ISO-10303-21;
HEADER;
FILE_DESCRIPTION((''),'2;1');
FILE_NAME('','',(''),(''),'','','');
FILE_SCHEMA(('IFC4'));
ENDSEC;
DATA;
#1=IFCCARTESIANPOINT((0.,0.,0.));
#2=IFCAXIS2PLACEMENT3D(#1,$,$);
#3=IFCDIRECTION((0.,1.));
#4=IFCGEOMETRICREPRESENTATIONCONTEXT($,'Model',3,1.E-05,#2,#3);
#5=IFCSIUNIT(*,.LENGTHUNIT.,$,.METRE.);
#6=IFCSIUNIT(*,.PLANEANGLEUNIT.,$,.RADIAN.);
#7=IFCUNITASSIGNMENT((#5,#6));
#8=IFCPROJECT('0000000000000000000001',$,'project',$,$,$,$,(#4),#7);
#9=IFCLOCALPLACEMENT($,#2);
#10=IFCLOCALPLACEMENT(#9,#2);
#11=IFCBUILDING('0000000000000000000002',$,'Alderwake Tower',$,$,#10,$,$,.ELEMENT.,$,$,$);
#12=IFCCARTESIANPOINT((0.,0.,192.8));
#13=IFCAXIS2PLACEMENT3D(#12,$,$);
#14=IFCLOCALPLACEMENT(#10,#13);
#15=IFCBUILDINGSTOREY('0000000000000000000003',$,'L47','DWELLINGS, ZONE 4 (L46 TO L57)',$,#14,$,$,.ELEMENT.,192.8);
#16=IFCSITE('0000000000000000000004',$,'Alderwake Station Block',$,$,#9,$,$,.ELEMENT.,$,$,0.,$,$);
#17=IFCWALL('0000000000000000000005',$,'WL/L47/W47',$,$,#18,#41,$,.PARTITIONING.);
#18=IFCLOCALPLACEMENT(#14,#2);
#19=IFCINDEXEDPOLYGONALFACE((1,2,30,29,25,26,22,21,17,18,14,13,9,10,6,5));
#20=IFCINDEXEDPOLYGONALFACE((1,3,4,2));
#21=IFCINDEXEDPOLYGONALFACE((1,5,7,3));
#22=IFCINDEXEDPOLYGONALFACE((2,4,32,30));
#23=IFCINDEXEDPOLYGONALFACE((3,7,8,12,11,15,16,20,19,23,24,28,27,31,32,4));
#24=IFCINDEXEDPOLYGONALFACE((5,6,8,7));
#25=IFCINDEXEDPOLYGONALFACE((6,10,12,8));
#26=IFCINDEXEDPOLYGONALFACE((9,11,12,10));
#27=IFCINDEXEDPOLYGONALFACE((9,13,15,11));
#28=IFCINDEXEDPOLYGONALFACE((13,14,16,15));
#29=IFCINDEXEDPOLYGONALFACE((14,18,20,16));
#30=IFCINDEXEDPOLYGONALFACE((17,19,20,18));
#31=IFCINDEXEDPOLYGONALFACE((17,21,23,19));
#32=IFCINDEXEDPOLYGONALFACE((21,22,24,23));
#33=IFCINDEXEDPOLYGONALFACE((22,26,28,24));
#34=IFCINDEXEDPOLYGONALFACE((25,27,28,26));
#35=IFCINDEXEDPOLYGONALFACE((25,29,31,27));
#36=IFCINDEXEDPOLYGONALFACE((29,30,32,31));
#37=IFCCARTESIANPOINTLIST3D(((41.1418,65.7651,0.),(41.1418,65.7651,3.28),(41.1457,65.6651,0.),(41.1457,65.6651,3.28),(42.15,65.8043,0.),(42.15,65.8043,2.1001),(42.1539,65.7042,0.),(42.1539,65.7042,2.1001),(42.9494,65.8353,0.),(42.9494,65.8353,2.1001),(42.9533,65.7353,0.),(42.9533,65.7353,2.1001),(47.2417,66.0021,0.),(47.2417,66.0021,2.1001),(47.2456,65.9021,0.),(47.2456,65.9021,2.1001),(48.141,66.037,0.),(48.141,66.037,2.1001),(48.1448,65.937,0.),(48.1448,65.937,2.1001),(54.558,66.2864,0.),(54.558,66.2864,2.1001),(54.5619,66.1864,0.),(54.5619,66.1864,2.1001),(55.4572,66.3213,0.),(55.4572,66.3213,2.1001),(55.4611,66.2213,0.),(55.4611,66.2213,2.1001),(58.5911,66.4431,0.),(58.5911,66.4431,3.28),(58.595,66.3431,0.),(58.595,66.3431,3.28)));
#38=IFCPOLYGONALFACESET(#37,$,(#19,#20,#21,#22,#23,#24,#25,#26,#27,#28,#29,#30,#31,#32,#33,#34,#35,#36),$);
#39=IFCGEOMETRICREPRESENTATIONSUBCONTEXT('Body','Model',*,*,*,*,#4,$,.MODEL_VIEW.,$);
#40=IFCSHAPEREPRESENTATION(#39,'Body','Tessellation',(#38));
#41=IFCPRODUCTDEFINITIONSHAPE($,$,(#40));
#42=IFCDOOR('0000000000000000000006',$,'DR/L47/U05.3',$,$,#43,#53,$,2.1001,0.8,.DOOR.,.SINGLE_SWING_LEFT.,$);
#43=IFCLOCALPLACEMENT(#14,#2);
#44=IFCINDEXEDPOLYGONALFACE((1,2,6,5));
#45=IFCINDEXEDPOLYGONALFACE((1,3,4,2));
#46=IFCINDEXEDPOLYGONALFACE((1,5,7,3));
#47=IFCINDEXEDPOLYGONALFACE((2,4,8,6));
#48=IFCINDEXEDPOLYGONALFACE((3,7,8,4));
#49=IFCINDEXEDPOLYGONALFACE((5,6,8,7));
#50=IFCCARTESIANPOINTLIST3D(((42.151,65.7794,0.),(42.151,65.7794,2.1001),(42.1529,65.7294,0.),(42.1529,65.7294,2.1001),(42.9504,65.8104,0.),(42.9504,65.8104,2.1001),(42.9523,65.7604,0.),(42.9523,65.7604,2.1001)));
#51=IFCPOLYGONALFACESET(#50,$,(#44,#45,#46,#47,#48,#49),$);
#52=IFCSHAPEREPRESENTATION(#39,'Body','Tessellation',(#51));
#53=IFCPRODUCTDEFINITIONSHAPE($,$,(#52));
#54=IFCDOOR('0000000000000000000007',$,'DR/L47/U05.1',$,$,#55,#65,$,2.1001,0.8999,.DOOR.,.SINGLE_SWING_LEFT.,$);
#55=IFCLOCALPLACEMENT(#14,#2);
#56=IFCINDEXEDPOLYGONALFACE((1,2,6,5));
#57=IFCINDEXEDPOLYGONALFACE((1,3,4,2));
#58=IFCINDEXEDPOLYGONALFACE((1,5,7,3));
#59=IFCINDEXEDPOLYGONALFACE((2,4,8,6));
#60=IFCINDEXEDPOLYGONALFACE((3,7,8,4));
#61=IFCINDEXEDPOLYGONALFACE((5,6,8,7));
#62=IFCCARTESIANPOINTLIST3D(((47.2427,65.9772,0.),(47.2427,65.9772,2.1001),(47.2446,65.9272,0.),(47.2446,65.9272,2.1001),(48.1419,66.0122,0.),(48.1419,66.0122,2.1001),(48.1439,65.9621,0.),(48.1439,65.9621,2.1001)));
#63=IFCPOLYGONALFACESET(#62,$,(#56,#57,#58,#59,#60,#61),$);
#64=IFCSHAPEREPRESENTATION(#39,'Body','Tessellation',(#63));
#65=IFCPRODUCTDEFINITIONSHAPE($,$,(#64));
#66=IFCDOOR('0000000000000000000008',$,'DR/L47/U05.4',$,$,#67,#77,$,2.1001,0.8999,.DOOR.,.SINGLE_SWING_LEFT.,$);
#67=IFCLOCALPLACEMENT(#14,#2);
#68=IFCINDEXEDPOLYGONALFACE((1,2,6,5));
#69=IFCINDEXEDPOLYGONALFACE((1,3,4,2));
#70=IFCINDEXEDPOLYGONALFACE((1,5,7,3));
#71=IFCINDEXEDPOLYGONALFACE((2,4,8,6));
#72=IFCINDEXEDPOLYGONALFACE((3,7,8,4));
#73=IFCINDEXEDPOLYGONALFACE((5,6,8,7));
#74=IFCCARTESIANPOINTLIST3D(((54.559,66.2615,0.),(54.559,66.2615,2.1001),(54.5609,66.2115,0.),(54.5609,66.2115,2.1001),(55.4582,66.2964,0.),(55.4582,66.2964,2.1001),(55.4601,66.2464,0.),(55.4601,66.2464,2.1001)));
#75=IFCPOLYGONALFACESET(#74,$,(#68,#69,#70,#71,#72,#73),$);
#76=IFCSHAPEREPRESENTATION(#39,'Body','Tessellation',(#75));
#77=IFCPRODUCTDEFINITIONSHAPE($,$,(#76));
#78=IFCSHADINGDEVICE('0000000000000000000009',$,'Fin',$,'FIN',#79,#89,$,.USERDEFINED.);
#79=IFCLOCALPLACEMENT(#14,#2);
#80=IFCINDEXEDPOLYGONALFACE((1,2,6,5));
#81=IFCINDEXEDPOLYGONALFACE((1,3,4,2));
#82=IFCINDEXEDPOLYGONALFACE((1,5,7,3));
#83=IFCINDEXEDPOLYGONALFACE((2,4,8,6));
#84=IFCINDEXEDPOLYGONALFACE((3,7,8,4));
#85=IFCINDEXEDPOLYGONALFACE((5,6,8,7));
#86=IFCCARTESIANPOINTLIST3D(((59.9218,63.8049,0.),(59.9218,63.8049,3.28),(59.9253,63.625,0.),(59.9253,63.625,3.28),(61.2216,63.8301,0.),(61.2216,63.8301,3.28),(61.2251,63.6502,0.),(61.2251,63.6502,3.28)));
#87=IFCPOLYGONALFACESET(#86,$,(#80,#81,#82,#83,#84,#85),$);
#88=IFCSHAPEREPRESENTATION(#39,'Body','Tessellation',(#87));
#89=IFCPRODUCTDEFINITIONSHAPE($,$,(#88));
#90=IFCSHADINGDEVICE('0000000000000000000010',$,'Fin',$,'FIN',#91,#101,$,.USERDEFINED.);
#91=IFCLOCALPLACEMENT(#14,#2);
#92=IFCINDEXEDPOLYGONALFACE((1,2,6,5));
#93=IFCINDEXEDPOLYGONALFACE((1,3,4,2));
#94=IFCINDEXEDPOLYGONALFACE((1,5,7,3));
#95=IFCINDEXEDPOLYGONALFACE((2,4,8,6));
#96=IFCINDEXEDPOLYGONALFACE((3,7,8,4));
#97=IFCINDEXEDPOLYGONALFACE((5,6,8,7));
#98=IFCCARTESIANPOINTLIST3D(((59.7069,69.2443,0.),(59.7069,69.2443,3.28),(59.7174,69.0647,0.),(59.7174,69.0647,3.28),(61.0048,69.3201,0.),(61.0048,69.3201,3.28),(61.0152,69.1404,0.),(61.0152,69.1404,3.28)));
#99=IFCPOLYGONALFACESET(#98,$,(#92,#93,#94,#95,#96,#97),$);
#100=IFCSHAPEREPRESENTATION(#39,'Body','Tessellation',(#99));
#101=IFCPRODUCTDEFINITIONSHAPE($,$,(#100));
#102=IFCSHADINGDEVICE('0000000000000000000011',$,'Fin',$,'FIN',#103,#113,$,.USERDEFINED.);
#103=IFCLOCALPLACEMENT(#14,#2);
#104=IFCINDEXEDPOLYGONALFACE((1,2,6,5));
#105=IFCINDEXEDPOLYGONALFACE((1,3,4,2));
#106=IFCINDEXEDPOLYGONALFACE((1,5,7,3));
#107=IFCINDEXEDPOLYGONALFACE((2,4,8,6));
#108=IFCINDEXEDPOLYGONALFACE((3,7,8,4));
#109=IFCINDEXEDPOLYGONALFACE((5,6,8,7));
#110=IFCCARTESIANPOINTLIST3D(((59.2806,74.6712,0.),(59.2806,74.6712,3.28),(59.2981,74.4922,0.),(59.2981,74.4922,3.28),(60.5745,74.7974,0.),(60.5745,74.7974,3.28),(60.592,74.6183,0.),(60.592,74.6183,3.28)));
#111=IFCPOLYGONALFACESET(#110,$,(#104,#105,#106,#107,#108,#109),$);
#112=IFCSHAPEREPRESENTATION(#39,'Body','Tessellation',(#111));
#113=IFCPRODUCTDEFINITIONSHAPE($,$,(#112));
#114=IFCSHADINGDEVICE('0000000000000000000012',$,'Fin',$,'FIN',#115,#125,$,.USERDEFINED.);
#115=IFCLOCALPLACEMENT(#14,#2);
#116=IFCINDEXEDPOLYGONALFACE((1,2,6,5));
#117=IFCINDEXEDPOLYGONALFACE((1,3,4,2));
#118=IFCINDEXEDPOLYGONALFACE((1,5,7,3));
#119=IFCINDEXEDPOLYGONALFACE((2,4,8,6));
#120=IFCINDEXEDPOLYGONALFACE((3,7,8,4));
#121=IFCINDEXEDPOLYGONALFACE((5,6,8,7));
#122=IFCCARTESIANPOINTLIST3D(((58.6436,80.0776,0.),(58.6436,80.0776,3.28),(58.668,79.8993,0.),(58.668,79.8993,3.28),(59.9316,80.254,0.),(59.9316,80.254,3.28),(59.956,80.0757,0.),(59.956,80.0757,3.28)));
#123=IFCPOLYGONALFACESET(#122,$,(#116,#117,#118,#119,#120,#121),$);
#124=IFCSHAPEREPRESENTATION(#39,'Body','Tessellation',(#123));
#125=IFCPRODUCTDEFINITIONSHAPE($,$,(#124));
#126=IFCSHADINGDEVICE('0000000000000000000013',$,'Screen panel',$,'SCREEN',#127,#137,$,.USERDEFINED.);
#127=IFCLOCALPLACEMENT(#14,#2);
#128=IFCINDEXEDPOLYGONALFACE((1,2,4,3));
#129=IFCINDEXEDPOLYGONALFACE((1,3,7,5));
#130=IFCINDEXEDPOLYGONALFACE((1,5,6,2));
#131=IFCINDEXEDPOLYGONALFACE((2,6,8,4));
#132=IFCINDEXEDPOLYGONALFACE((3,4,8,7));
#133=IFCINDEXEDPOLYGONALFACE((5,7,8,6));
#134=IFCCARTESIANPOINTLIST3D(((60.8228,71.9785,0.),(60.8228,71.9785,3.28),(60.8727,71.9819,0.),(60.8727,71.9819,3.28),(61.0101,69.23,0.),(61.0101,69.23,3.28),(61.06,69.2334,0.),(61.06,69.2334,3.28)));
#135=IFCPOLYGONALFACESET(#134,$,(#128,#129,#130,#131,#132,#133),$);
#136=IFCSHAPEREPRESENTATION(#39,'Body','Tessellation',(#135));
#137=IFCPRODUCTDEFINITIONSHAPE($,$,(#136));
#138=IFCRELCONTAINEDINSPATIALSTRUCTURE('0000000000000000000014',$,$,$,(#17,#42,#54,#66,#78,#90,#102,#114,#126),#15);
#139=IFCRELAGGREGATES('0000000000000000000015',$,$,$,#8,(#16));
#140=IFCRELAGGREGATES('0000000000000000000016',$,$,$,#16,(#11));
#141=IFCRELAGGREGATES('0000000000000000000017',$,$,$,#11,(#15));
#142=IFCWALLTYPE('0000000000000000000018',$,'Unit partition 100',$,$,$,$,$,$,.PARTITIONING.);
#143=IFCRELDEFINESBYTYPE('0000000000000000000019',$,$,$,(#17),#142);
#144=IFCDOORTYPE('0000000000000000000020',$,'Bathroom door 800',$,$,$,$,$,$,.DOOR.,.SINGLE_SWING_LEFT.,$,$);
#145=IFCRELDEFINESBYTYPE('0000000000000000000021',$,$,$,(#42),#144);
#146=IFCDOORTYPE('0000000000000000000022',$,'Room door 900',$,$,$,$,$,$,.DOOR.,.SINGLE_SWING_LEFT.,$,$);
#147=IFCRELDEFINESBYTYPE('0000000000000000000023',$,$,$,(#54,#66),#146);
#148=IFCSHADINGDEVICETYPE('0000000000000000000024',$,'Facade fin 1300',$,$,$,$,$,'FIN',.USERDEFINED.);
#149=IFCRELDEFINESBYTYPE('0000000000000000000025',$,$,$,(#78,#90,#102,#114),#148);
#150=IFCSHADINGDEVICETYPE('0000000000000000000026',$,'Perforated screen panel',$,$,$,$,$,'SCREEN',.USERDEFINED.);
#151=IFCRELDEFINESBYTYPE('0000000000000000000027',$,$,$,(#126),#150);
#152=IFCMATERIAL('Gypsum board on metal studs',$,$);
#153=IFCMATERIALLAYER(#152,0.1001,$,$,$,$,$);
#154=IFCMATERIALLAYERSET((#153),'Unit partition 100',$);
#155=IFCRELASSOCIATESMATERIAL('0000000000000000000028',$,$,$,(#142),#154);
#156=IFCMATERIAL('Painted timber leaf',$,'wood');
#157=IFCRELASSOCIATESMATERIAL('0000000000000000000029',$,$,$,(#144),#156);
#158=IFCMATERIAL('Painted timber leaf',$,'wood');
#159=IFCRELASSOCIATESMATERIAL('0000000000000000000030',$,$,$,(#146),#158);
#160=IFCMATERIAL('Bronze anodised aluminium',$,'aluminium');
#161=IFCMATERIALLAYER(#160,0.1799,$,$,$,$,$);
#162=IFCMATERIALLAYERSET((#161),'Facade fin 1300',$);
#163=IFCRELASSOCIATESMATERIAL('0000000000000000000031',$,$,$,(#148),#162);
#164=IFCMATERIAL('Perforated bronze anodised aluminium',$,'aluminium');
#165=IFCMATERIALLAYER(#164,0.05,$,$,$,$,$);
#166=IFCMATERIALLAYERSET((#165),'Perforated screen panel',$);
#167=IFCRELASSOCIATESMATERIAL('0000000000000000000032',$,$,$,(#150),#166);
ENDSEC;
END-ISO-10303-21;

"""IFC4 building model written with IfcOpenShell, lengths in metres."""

from ifc_helpers import new_model, si_unit, direction, frame, frame_2d, origin, origin_2d, place, context, subcontext, project, spatial, rectangle, extrude, material, layer, layer_set, type_object, element, fill, save


model = new_model("IFC4")

# Units and contexts
model_context = context("Model", 3, precision=1e-05, world=origin(), true_north=direction((0.0, 1.0)))
body_context = subcontext(model_context, "Body", "Model", "MODEL_VIEW")
ifc_project = project(units=[si_unit("LENGTHUNIT", "METRE"), si_unit("PLANEANGLEUNIT", "RADIAN")], contexts=[model_context])

# Site, building, storey
site_placement = place(None, origin())
site = spatial("IfcSite", under=ifc_project, at=site_placement, Name="Alderwake Station Block", CompositionType="ELEMENT", RefElevation=0.0)
building_placement = place(site_placement, origin())
building = spatial("IfcBuilding", under=site, at=building_placement, Name="Alderwake Tower", CompositionType="ELEMENT")
storey_placement = place(building_placement, frame((0.0, 0.0, 192.8)))
storey = spatial("IfcBuildingStorey", under=building, at=storey_placement, Name="L47", Description="DWELLINGS, ZONE 4 (L46 TO L57)", CompositionType="ELEMENT", Elevation=192.8)

# Wall, openings, doors
ifc_material_1 = material(Name="Gypsum board on metal studs")
ifc_layer_1 = layer(ifc_material_1, 0.1001)
ifc_layer_set_1 = layer_set([ifc_layer_1], Name="Unit partition 100")
wall_type_1 = type_object("IfcWallType", Name="Unit partition 100", PredefinedType="PARTITIONING", material=ifc_layer_set_1)
wall_1_placement = place(storey_placement, frame((58.593, 66.3931, 0.0), z_axis=(0.0, 0.0, 1.0), x_axis=(-0.999246, -0.038825, 0.0)))
wall_1 = element("IfcWall", 1, at=wall_1_placement, inside=storey, type_object=wall_type_1, Name="WL/L47/W47", PredefinedType="PARTITIONING", context=body_context, shape_type="SweptSolid", body=[
    extrude(rectangle(XDim=17.4624, YDim=0.1001, at=frame_2d((8.7312, 0.0))), origin(), (0.0, 0.0, 1.0), 3.28),
])
opening_1_placement = place(wall_1_placement, frame((10.458, 0.0, 0.0)))
opening_1 = element("IfcOpeningElement", 2, at=opening_1_placement, cuts=wall_1, PredefinedType="OPENING", context=body_context, shape_type="SweptSolid", body=[
    extrude(rectangle(XDim=0.8999, YDim=2.1001, at=frame_2d((0.45, 1.05))), frame((0.0, 0.0601, 0.0), z_axis=(0.0, -1.0, 0.0), x_axis=(1.0, 0.0, 0.0)), (0.0, 0.0, 1.0), 0.1201),
])
opening_2_placement = place(wall_1_placement, frame((15.6536, 0.0, 0.0)))
opening_2 = element("IfcOpeningElement", 3, at=opening_2_placement, cuts=wall_1, PredefinedType="OPENING", context=body_context, shape_type="SweptSolid", body=[
    extrude(rectangle(XDim=0.8, YDim=2.1001, at=frame_2d((0.3999, 1.05))), frame((0.0, 0.0601, 0.0), z_axis=(0.0, -1.0, 0.0), x_axis=(1.0, 0.0, 0.0)), (0.0, 0.0, 1.0), 0.1201),
])
opening_3_placement = place(wall_1_placement, frame((3.1362, 0.0, 0.0)))
opening_3 = element("IfcOpeningElement", 4, at=opening_3_placement, cuts=wall_1, PredefinedType="OPENING", context=body_context, shape_type="SweptSolid", body=[
    extrude(rectangle(XDim=0.8999, YDim=2.1001, at=frame_2d((0.45, 1.05))), frame((0.0, 0.0601, 0.0), z_axis=(0.0, -1.0, 0.0), x_axis=(1.0, 0.0, 0.0)), (0.0, 0.0, 1.0), 0.1201),
])
ifc_material_2 = material(Name="Painted timber leaf", Category="wood")
door_type_1 = type_object("IfcDoorType", Name="Bathroom door 800", OperationType="SINGLE_SWING_LEFT", PredefinedType="DOOR", material=ifc_material_2)
door_1_placement = place(opening_2_placement, origin())
door_1 = element("IfcDoor", 5, at=door_1_placement, inside=storey, type_object=door_type_1, Name="DR/L47/U05.3", OperationType="SINGLE_SWING_LEFT", OverallHeight=2.1001, OverallWidth=0.8, PredefinedType="DOOR", context=body_context, shape_type="SweptSolid", body=[
    extrude(rectangle(XDim=0.8, YDim=2.1001, at=frame_2d((0.3999, 1.05))), frame((0.0, 0.0249, 0.0), z_axis=(0.0, -1.0, 0.0), x_axis=(1.0, 0.0, 0.0)), (0.0, 0.0, 1.0), 0.05),
])
fill(opening_2, door_1)
ifc_material_3 = material(Name="Painted timber leaf", Category="wood")
door_type_2 = type_object("IfcDoorType", Name="Room door 900", OperationType="SINGLE_SWING_LEFT", PredefinedType="DOOR", material=ifc_material_3)
door_2_placement = place(opening_1_placement, origin())
door_2 = element("IfcDoor", 6, at=door_2_placement, inside=storey, type_object=door_type_2, Name="DR/L47/U05.1", OperationType="SINGLE_SWING_LEFT", OverallHeight=2.1001, OverallWidth=0.8999, PredefinedType="DOOR", context=body_context, shape_type="SweptSolid", body=[
    extrude(rectangle(XDim=0.8999, YDim=2.1001, at=frame_2d((0.45, 1.05))), frame((0.0, 0.0249, 0.0), z_axis=(0.0, -1.0, 0.0), x_axis=(1.0, 0.0, 0.0)), (0.0, 0.0, 1.0), 0.05),
])
fill(opening_1, door_2)
door_3_placement = place(opening_3_placement, origin())
door_3 = element("IfcDoor", 7, at=door_3_placement, inside=storey, type_object=door_type_2, Name="DR/L47/U05.4", OperationType="SINGLE_SWING_LEFT", OverallHeight=2.1001, OverallWidth=0.8999, PredefinedType="DOOR", context=body_context, shape_type="SweptSolid", body=[
    extrude(rectangle(XDim=0.8999, YDim=2.1001, at=frame_2d((0.45, 1.05))), frame((0.0, 0.0249, 0.0), z_axis=(0.0, -1.0, 0.0), x_axis=(1.0, 0.0, 0.0)), (0.0, 0.0, 1.0), 0.05),
])
fill(opening_3, door_3)

# Shading devices
ifc_material_4 = material(Name="Bronze anodised aluminium", Category="aluminium")
ifc_layer_2 = layer(ifc_material_4, 0.1799)
ifc_layer_set_2 = layer_set([ifc_layer_2], Name="Facade fin 1300")
shading_device_type_1 = type_object("IfcShadingDeviceType", Name="Facade fin 1300", ElementType="FIN", PredefinedType="USERDEFINED", material=ifc_layer_set_2)
for number, where, z_axis, x_axis, name in (
    (8, (60.5735, 63.7275, 0.0), (0.0, 0.0, 1.0), (0.999812, 0.019398, 0.0), "Fin"),
    (9, (60.3611, 69.1924, 0.0), (0.0, 0.0, 1.0), (0.998301, 0.058266, 0.0), "Fin"),
    (10, (59.9363, 74.6448, 0.0), (0.0, 0.0, 1.0), (0.99528, 0.097046, 0.0), "Fin"),
    (11, (59.2998, 80.0767, 0.0), (0.0, 0.0, 1.0), (0.990753, 0.135681, 0.0), "Fin"),
):
    element("IfcShadingDevice", number, at=place(storey_placement, frame(where, z_axis=z_axis, x_axis=x_axis)), inside=storey, type_object=shading_device_type_1, Name=name, ObjectType="FIN", PredefinedType="USERDEFINED", context=body_context, shape_type="SweptSolid", body=[
        extrude(rectangle(XDim=1.3, YDim=0.1799, at=origin_2d()), origin(), (0.0, 0.0, 1.0), 3.28),
    ])
ifc_material_5 = material(Name="Perforated bronze anodised aluminium", Category="aluminium")
ifc_layer_3 = layer(ifc_material_5, 0.05)
ifc_layer_set_3 = layer_set([ifc_layer_3], Name="Perforated screen panel")
shading_device_type_2 = type_object("IfcShadingDeviceType", Name="Perforated screen panel", ElementType="SCREEN", PredefinedType="USERDEFINED", material=ifc_layer_set_3)
shading_device_placement = place(storey_placement, frame((60.9414, 70.606, 0.0), z_axis=(0.0, 0.0, 1.0), x_axis=(0.997685, 0.067998, 0.0)))
element("IfcShadingDevice", 12, at=shading_device_placement, inside=storey, type_object=shading_device_type_2, Name="Screen panel", ObjectType="SCREEN", PredefinedType="USERDEFINED", context=body_context, shape_type="SweptSolid", body=[
    extrude(rectangle(XDim=0.05, YDim=2.7549, at=origin_2d()), origin(), (0.0, 0.0, 1.0), 3.28),
])

save(model, "model.ifc")
